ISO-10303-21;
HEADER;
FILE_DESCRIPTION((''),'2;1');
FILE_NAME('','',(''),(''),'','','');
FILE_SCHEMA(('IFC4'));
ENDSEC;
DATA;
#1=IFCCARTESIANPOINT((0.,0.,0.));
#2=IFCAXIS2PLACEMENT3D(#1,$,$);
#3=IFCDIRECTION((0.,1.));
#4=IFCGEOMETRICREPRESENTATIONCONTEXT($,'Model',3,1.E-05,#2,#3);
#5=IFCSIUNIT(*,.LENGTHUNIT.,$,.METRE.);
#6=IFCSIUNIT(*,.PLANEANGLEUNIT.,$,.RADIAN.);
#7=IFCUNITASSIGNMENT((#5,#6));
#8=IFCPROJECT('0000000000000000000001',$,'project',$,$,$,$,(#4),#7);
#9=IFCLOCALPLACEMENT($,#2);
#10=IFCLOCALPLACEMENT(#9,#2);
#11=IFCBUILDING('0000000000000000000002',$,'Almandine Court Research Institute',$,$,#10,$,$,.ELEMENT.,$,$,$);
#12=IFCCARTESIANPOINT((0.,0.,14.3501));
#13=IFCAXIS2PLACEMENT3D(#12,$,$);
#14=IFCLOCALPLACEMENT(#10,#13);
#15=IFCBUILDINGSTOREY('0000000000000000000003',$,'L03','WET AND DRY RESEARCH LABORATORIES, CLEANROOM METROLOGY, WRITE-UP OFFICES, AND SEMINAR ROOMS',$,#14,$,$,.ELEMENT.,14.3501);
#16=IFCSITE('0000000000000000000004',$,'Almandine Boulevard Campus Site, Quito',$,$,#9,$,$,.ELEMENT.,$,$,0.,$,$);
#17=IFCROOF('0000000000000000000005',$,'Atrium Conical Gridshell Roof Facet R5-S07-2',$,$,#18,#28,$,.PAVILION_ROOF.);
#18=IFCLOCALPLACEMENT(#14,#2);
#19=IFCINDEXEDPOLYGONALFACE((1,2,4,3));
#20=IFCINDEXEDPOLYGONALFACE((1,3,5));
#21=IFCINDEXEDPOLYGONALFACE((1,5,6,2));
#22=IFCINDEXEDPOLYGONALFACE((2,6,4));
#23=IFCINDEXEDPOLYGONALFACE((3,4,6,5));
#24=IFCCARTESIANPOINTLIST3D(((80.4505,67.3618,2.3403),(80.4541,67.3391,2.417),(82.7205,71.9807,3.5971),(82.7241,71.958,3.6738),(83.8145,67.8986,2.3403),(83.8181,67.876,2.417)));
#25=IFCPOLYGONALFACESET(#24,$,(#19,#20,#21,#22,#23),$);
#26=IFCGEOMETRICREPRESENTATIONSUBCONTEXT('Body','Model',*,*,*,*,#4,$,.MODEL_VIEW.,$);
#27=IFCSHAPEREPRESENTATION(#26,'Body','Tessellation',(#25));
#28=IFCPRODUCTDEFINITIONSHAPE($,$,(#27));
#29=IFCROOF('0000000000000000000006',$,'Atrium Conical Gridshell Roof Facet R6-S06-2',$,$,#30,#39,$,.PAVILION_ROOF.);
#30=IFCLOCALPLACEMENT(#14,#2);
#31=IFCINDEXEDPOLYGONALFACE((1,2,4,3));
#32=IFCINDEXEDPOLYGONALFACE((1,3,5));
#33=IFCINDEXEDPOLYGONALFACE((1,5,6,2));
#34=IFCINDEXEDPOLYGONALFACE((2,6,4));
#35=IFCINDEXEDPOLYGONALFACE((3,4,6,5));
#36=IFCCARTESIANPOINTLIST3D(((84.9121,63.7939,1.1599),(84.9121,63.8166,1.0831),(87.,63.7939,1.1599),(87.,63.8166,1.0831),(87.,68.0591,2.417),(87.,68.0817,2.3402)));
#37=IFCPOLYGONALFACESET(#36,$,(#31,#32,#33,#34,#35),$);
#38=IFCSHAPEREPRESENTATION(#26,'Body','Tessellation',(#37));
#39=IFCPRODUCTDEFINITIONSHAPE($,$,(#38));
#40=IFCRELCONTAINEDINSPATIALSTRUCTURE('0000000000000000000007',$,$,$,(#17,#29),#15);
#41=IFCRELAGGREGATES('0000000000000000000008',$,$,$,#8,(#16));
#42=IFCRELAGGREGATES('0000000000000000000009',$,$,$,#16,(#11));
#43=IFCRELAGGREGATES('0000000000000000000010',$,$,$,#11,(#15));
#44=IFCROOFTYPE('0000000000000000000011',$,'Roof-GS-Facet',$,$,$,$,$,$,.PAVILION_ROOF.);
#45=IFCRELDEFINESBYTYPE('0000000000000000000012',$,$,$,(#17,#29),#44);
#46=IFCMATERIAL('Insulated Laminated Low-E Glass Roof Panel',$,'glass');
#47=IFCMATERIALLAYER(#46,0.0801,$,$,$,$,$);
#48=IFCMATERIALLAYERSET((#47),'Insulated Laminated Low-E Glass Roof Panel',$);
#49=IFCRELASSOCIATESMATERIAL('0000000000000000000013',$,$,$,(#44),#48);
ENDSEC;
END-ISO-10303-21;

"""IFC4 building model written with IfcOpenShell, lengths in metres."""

from ifc_helpers import new_model, si_unit, direction, frame, origin, place, context, subcontext, project, spatial, polyline, outline, extrude, material, layer, layer_set, type_object, element, save


model = new_model("IFC4")

# Units and contexts
model_context = context("Model", 3, precision=1e-05, world=origin(), true_north=direction((0.0, 1.0)))
body_context = subcontext(model_context, "Body", "Model", "MODEL_VIEW")
ifc_project = project(units=[si_unit("LENGTHUNIT", "METRE"), si_unit("PLANEANGLEUNIT", "RADIAN")], contexts=[model_context])

# Site, building, storey
site_placement = place(None, origin())
site = spatial("IfcSite", under=ifc_project, at=site_placement, Name="Almandine Boulevard Campus Site, Quito", CompositionType="ELEMENT", RefElevation=0.0)
building_placement = place(site_placement, origin())
building = spatial("IfcBuilding", under=site, at=building_placement, Name="Almandine Court Research Institute", CompositionType="ELEMENT")
storey_placement = place(building_placement, frame((0.0, 0.0, 14.3501)))
storey = spatial("IfcBuildingStorey", under=building, at=storey_placement, Name="L03", Description="WET AND DRY RESEARCH LABORATORIES, CLEANROOM METROLOGY, WRITE-UP OFFICES, AND SEMINAR ROOMS", CompositionType="ELEMENT", Elevation=14.3501)

# Roofs
ifc_material_1 = material(Name="Insulated Laminated Low-E Glass Roof Panel", Category="glass")
ifc_layer_1 = layer(ifc_material_1, 0.0801)
ifc_layer_set_1 = layer_set([ifc_layer_1], Name="Insulated Laminated Low-E Glass Roof Panel")
roof_type = type_object("IfcRoofType", Name="Roof-GS-Facet", PredefinedType="PAVILION_ROOF", material=ifc_layer_set_1)
roof_1_placement = place(storey_placement, frame((82.7241, 71.958, 3.6738), z_axis=(0.045147, -0.282891, 0.958089), x_axis=(-0.428482, -0.87185, -0.237237)))
element("IfcRoof", 1, at=roof_1_placement, inside=storey, type_object=roof_type, Name="Atrium Conical Gridshell Roof Facet R5-S07-2", PredefinedType="PAVILION_ROOF", context=body_context, shape_type="SweptSolid", body=[
    extrude(outline(polyline([(0.0, 0.0), (5.2978, 0.0), (3.3883, 2.8211), (0.0, 0.0)])), origin(), (0.0, 0.0, -1.0), 0.0801),
])
roof_2_placement = place(storey_placement, frame((87.0, 68.0591, 2.417), z_axis=(0.0, -0.28271, 0.959205), x_axis=(-0.425031, -0.868252, -0.255903)))
element("IfcRoof", 2, at=roof_2_placement, inside=storey, type_object=roof_type, Name="Atrium Conical Gridshell Roof Facet R6-S06-2", PredefinedType="PAVILION_ROOF", context=body_context, shape_type="SweptSolid", body=[
    extrude(outline(polyline([(0.0, 0.0), (4.9123, 0.0), (4.0249, 1.8899), (0.0, 0.0)])), origin(), (0.0, 0.0, -1.0), 0.0801),
])

save(model, "model.ifc")
